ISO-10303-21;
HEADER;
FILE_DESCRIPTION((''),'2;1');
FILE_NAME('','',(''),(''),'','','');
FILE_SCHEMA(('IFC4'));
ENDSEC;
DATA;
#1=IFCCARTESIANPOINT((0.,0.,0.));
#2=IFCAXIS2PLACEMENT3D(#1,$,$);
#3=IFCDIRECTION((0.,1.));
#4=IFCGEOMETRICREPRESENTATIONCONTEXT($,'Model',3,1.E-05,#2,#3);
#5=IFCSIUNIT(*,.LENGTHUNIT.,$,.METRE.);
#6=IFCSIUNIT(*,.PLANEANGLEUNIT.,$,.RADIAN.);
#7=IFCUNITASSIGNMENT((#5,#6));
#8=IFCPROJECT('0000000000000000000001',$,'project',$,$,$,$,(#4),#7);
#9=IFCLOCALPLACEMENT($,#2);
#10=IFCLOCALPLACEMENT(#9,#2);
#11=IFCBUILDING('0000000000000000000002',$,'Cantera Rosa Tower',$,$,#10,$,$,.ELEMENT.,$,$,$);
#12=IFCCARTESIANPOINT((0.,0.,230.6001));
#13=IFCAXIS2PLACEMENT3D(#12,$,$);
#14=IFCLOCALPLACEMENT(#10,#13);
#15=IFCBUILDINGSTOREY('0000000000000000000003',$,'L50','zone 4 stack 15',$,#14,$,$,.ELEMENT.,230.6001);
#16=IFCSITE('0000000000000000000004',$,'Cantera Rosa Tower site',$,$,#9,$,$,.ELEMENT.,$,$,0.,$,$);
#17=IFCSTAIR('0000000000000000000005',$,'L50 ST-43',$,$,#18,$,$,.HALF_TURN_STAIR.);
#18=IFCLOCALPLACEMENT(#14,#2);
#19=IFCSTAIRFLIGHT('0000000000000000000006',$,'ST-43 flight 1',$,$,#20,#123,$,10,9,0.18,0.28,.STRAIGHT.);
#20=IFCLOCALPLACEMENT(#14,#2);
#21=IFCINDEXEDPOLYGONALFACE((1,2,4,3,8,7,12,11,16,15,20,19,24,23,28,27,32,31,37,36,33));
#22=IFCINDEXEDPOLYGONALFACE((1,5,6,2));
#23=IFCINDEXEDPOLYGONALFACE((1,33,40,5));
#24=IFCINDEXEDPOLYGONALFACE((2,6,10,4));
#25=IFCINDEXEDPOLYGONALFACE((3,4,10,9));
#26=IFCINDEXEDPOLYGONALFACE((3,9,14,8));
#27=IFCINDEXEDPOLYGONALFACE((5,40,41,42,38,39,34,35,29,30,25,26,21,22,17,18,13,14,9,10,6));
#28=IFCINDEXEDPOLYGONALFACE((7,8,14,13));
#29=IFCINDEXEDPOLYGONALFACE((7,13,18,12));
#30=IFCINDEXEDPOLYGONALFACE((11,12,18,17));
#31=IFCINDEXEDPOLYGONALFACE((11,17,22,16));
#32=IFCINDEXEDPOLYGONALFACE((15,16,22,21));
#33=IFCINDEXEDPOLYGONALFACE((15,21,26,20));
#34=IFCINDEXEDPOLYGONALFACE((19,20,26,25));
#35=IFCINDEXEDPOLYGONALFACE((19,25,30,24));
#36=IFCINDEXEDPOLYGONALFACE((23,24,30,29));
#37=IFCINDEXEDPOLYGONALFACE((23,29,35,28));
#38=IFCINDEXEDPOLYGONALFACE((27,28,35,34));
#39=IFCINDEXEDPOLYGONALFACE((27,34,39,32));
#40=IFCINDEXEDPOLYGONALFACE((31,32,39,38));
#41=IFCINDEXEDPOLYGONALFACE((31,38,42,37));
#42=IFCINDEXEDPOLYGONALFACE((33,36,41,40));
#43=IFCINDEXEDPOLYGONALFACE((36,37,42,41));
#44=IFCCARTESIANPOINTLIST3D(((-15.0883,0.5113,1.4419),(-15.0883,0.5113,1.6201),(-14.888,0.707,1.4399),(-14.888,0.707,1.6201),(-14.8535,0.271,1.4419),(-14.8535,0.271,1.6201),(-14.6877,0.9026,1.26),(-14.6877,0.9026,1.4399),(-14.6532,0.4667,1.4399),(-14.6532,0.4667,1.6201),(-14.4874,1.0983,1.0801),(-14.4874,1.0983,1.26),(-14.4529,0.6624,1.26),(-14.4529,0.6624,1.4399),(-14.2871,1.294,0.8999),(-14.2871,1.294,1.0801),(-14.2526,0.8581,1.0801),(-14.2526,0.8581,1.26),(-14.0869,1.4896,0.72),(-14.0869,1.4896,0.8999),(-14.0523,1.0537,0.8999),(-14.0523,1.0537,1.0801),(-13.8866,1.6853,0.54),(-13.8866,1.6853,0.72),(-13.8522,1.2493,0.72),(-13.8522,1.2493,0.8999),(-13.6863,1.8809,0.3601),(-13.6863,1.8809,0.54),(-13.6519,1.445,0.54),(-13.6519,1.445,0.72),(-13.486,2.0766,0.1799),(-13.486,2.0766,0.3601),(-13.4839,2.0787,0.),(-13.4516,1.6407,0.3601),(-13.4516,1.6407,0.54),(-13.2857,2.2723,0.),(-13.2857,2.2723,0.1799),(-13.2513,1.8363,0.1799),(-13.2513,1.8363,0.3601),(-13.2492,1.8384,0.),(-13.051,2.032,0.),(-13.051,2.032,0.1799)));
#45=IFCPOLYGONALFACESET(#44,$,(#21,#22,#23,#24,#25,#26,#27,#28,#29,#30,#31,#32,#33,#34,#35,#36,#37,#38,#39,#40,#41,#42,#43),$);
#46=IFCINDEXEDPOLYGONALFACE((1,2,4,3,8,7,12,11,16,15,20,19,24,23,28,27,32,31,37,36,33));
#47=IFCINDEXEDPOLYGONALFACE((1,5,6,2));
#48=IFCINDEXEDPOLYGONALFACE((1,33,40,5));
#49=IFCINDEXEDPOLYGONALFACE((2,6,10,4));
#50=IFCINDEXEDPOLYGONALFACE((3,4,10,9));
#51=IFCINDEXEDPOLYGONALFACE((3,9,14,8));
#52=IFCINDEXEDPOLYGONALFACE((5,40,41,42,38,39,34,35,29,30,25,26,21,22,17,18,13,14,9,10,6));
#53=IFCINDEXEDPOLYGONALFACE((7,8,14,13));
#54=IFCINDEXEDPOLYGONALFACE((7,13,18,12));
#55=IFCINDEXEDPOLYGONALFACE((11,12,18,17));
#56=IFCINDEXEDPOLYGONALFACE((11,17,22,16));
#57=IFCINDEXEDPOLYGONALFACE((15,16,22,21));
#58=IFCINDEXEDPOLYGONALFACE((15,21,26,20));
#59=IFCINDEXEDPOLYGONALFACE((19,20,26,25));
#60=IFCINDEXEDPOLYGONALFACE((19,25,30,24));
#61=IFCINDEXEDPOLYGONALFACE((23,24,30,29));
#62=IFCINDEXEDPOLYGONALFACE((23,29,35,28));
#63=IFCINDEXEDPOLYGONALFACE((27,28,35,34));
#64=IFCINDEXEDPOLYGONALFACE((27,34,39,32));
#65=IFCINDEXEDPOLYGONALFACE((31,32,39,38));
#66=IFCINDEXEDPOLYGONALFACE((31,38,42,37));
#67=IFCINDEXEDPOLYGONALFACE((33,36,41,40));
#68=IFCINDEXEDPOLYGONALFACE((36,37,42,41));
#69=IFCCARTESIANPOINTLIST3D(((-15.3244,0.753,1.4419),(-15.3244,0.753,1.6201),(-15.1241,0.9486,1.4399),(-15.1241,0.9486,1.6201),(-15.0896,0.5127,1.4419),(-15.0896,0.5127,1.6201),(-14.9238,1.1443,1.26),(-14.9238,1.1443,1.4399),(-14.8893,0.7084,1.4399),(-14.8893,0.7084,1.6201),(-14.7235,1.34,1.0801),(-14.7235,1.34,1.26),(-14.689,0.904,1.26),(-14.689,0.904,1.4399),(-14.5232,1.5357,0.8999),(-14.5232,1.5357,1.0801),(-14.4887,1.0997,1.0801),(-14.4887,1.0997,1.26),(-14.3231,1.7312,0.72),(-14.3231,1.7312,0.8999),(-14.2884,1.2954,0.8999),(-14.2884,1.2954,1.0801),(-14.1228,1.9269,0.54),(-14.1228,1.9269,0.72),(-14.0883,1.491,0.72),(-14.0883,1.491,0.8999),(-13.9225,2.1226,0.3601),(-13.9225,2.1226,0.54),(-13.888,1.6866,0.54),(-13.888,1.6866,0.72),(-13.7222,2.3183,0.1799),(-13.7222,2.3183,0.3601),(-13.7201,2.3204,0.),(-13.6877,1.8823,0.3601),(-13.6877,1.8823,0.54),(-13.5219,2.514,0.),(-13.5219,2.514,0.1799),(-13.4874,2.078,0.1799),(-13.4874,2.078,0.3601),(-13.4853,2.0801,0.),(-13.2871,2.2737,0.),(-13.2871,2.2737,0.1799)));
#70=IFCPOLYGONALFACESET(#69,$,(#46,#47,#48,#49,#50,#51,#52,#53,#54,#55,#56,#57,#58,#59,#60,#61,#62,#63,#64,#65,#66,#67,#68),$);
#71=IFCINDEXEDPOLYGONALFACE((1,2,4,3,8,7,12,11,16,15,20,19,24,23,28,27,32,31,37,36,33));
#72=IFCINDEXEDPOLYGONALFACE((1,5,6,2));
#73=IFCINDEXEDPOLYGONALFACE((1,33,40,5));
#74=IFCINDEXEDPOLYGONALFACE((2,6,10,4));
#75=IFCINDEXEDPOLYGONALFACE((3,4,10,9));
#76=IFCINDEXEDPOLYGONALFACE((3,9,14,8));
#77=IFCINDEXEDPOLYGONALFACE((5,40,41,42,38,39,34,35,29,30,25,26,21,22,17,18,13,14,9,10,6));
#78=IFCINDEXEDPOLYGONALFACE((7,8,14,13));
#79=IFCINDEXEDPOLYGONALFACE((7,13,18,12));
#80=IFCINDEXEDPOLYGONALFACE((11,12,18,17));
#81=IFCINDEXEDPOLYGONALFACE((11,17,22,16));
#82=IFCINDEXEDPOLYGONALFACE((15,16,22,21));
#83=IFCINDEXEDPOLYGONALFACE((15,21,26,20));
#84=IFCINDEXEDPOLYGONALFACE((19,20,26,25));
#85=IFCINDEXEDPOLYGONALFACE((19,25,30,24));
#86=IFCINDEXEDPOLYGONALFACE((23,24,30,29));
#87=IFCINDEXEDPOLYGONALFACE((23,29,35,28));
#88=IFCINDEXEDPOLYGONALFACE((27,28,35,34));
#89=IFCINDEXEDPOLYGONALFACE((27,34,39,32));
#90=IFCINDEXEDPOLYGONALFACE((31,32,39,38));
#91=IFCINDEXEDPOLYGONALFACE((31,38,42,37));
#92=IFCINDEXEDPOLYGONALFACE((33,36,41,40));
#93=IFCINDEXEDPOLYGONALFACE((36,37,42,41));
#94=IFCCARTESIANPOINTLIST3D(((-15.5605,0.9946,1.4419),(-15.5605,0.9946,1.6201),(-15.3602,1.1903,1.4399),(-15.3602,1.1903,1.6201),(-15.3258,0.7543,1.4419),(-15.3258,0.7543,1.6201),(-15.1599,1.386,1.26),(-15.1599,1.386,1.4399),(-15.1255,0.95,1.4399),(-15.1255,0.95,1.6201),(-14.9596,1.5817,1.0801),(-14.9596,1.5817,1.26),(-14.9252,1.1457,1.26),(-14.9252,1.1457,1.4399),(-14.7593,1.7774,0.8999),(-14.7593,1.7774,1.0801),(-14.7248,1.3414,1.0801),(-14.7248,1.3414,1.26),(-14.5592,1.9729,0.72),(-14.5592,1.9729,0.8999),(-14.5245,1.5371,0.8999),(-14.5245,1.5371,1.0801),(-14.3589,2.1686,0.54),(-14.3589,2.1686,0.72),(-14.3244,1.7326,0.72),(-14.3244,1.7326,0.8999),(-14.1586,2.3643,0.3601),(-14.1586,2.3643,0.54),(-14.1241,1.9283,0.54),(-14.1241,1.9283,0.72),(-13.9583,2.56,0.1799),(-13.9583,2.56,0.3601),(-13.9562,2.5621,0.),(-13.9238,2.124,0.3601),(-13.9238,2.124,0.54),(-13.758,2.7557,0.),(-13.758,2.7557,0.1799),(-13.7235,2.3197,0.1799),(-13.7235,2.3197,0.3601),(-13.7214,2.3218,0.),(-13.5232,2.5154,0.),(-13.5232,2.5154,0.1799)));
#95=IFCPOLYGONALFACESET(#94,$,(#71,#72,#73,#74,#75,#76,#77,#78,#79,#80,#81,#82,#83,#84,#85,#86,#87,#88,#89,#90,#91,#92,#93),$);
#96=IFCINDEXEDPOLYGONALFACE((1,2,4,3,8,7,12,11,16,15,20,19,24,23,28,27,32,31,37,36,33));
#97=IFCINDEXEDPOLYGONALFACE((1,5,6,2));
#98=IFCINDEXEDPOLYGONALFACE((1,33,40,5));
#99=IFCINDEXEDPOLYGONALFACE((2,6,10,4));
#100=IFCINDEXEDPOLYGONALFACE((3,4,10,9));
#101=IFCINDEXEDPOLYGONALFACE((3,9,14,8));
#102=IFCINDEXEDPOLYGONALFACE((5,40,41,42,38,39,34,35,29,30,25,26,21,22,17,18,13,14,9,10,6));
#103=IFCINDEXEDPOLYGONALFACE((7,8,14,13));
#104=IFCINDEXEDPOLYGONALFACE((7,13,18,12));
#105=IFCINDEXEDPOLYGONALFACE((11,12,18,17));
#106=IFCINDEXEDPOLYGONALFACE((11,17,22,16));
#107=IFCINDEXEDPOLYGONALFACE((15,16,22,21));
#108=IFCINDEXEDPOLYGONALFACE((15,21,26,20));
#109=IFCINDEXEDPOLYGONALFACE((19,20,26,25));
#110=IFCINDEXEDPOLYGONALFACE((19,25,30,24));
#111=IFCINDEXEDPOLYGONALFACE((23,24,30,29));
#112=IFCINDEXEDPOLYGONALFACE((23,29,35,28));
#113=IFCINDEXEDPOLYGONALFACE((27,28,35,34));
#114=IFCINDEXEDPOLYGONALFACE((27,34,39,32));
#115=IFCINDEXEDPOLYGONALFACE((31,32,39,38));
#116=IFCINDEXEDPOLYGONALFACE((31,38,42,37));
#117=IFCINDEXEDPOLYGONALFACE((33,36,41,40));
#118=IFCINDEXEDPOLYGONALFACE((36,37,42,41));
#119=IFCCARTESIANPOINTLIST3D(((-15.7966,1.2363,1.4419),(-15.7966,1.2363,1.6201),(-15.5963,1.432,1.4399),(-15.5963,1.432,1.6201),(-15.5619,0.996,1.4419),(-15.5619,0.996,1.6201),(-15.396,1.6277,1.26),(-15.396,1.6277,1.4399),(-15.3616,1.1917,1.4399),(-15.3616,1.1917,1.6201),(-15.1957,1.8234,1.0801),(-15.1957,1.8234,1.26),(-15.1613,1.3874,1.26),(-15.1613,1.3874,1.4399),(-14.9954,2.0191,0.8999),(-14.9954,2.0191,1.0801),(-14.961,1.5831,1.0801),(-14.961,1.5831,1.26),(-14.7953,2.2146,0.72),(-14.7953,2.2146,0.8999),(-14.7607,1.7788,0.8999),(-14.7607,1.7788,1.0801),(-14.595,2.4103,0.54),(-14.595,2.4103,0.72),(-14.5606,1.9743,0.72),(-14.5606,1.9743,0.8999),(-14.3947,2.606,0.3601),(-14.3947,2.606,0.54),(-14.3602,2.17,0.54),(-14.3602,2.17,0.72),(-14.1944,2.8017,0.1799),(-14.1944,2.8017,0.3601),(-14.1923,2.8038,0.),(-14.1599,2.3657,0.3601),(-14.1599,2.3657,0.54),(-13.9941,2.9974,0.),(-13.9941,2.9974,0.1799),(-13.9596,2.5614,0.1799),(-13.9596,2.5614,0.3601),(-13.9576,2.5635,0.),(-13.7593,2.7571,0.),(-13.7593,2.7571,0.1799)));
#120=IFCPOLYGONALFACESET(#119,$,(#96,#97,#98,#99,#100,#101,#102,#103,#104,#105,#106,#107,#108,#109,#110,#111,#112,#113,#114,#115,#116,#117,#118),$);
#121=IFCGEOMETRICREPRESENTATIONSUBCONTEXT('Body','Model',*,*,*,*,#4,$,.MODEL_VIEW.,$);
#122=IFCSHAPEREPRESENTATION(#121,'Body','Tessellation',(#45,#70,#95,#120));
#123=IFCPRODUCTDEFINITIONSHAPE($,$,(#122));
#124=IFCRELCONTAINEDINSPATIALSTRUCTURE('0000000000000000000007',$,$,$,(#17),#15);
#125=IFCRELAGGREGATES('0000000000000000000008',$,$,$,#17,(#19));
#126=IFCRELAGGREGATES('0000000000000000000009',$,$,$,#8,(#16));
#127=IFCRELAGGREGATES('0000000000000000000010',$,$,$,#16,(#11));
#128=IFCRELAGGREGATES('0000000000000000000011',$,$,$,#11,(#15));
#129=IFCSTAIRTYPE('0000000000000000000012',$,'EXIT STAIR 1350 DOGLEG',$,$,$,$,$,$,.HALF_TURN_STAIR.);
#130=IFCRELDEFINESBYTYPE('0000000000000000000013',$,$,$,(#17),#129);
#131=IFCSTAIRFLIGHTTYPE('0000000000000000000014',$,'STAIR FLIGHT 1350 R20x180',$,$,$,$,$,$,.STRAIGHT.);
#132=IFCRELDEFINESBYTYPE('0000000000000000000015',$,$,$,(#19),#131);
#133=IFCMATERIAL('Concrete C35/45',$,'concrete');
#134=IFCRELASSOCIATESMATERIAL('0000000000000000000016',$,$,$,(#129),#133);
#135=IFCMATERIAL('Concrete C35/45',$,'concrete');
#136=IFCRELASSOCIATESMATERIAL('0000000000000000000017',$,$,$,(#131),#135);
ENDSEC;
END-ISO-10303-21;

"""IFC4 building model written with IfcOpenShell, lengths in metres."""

from ifc_helpers import new_model, si_unit, direction, frame, origin, place, context, subcontext, project, spatial, polyline, outline, extrude, material, type_object, element, aggregate, save


model = new_model("IFC4")

# Units and contexts
model_context = context("Model", 3, precision=1e-05, world=origin(), true_north=direction((0.0, 1.0)))
body_context = subcontext(model_context, "Body", "Model", "MODEL_VIEW")
ifc_project = project(units=[si_unit("LENGTHUNIT", "METRE"), si_unit("PLANEANGLEUNIT", "RADIAN")], contexts=[model_context])

# Site, building, storey
site_placement = place(None, origin())
site = spatial("IfcSite", under=ifc_project, at=site_placement, Name="Cantera Rosa Tower site", CompositionType="ELEMENT", RefElevation=0.0)
building_placement = place(site_placement, origin())
building = spatial("IfcBuilding", under=site, at=building_placement, Name="Cantera Rosa Tower", CompositionType="ELEMENT")
storey_placement = place(building_placement, frame((0.0, 0.0, 230.6001)))
storey = spatial("IfcBuildingStorey", under=building, at=storey_placement, Name="L50", Description="zone 4 stack 15", CompositionType="ELEMENT", Elevation=230.6001)

# Stair, stair flight
ifc_material_1 = material(Name="Concrete C35/45", Category="concrete")
stair_type = type_object("IfcStairType", Name="EXIT STAIR 1350 DOGLEG", PredefinedType="HALF_TURN_STAIR", material=ifc_material_1)
stair_placement = place(storey_placement, origin())
stair = element("IfcStair", 1, at=stair_placement, inside=storey, type_object=stair_type, Name="L50 ST-43", PredefinedType="HALF_TURN_STAIR")
ifc_material_2 = material(Name="Concrete C35/45", Category="concrete")
stair_flight_type = type_object("IfcStairFlightType", Name="STAIR FLIGHT 1350 R20x180", PredefinedType="STRAIGHT", material=ifc_material_2)
stair_flight_placement = place(storey_placement, frame((-13.5227, 2.5149, 0.0), z_axis=(0.0, 0.0, 1.0), x_axis=(-0.715286, -0.698832, 0.0)))
stair_flight = element("IfcStairFlight", 2, at=stair_flight_placement, type_object=stair_flight_type, Name="ST-43 flight 1", NumberOfRisers=10, NumberOfTreads=9, PredefinedType="STRAIGHT", RiserHeight=0.18, TreadLength=0.28, context=body_context, shape_type="SweptSolid", body=[
    extrude(outline(polyline([(0.0, 0.0), (0.0, 0.1799), (0.28, 0.1799), (0.28, 0.3601), (0.5601, 0.3601), (0.5601, 0.54), (0.8401, 0.54), (0.8401, 0.72), (1.1201, 0.72), (1.1201, 0.8999), (1.3999, 0.8999), (1.3999, 1.0801), (1.6799, 1.0801), (1.6799, 1.26), (1.96, 1.26), (1.96, 1.4399), (2.24, 1.4399), (2.24, 1.6201), (2.52, 1.6201), (2.52, 1.8), (2.52, 1.4419), (0.2771, 0.0), (0.0, 0.0)])), frame((0.0, 0.675, 0.0), z_axis=(0.0, -1.0, 0.0), x_axis=(1.0, 0.0, 0.0)), (0.0, 0.0, 1.0), 0.3359),
    extrude(outline(polyline([(0.0, 0.0), (0.0, 0.1799), (0.28, 0.1799), (0.28, 0.3601), (0.5601, 0.3601), (0.5601, 0.54), (0.8401, 0.54), (0.8401, 0.72), (1.1201, 0.72), (1.1201, 0.8999), (1.3999, 0.8999), (1.3999, 1.0801), (1.6799, 1.0801), (1.6799, 1.26), (1.96, 1.26), (1.96, 1.4399), (2.24, 1.4399), (2.24, 1.6201), (2.52, 1.6201), (2.52, 1.8), (2.52, 1.4419), (0.2771, 0.0), (0.0, 0.0)])), frame((0.0, 0.3372, 0.0), z_axis=(0.0, -1.0, 0.0), x_axis=(1.0, 0.0, 0.0)), (0.0, 0.0, 1.0), 0.3359),
    extrude(outline(polyline([(0.0, 0.0), (0.0, 0.1799), (0.28, 0.1799), (0.28, 0.3601), (0.5601, 0.3601), (0.5601, 0.54), (0.8401, 0.54), (0.8401, 0.72), (1.1201, 0.72), (1.1201, 0.8999), (1.3999, 0.8999), (1.3999, 1.0801), (1.6799, 1.0801), (1.6799, 1.26), (1.96, 1.26), (1.96, 1.4399), (2.24, 1.4399), (2.24, 1.6201), (2.52, 1.6201), (2.52, 1.8), (2.52, 1.4419), (0.2771, 0.0), (0.0, 0.0)])), frame((0.0, -0.0007, 0.0), z_axis=(0.0, -1.0, 0.0), x_axis=(1.0, 0.0, 0.0)), (0.0, 0.0, 1.0), 0.3359),
    extrude(outline(polyline([(0.0, 0.0), (0.0, 0.1799), (0.28, 0.1799), (0.28, 0.3601), (0.5601, 0.3601), (0.5601, 0.54), (0.8401, 0.54), (0.8401, 0.72), (1.1201, 0.72), (1.1201, 0.8999), (1.3999, 0.8999), (1.3999, 1.0801), (1.6799, 1.0801), (1.6799, 1.26), (1.96, 1.26), (1.96, 1.4399), (2.24, 1.4399), (2.24, 1.6201), (2.52, 1.6201), (2.52, 1.8), (2.52, 1.4419), (0.2771, 0.0), (0.0, 0.0)])), frame((0.0, -0.3386, 0.0), z_axis=(0.0, -1.0, 0.0), x_axis=(1.0, 0.0, 0.0)), (0.0, 0.0, 1.0), 0.3359),
])
aggregate(stair, [stair_flight])

save(model, "model.ifc")
